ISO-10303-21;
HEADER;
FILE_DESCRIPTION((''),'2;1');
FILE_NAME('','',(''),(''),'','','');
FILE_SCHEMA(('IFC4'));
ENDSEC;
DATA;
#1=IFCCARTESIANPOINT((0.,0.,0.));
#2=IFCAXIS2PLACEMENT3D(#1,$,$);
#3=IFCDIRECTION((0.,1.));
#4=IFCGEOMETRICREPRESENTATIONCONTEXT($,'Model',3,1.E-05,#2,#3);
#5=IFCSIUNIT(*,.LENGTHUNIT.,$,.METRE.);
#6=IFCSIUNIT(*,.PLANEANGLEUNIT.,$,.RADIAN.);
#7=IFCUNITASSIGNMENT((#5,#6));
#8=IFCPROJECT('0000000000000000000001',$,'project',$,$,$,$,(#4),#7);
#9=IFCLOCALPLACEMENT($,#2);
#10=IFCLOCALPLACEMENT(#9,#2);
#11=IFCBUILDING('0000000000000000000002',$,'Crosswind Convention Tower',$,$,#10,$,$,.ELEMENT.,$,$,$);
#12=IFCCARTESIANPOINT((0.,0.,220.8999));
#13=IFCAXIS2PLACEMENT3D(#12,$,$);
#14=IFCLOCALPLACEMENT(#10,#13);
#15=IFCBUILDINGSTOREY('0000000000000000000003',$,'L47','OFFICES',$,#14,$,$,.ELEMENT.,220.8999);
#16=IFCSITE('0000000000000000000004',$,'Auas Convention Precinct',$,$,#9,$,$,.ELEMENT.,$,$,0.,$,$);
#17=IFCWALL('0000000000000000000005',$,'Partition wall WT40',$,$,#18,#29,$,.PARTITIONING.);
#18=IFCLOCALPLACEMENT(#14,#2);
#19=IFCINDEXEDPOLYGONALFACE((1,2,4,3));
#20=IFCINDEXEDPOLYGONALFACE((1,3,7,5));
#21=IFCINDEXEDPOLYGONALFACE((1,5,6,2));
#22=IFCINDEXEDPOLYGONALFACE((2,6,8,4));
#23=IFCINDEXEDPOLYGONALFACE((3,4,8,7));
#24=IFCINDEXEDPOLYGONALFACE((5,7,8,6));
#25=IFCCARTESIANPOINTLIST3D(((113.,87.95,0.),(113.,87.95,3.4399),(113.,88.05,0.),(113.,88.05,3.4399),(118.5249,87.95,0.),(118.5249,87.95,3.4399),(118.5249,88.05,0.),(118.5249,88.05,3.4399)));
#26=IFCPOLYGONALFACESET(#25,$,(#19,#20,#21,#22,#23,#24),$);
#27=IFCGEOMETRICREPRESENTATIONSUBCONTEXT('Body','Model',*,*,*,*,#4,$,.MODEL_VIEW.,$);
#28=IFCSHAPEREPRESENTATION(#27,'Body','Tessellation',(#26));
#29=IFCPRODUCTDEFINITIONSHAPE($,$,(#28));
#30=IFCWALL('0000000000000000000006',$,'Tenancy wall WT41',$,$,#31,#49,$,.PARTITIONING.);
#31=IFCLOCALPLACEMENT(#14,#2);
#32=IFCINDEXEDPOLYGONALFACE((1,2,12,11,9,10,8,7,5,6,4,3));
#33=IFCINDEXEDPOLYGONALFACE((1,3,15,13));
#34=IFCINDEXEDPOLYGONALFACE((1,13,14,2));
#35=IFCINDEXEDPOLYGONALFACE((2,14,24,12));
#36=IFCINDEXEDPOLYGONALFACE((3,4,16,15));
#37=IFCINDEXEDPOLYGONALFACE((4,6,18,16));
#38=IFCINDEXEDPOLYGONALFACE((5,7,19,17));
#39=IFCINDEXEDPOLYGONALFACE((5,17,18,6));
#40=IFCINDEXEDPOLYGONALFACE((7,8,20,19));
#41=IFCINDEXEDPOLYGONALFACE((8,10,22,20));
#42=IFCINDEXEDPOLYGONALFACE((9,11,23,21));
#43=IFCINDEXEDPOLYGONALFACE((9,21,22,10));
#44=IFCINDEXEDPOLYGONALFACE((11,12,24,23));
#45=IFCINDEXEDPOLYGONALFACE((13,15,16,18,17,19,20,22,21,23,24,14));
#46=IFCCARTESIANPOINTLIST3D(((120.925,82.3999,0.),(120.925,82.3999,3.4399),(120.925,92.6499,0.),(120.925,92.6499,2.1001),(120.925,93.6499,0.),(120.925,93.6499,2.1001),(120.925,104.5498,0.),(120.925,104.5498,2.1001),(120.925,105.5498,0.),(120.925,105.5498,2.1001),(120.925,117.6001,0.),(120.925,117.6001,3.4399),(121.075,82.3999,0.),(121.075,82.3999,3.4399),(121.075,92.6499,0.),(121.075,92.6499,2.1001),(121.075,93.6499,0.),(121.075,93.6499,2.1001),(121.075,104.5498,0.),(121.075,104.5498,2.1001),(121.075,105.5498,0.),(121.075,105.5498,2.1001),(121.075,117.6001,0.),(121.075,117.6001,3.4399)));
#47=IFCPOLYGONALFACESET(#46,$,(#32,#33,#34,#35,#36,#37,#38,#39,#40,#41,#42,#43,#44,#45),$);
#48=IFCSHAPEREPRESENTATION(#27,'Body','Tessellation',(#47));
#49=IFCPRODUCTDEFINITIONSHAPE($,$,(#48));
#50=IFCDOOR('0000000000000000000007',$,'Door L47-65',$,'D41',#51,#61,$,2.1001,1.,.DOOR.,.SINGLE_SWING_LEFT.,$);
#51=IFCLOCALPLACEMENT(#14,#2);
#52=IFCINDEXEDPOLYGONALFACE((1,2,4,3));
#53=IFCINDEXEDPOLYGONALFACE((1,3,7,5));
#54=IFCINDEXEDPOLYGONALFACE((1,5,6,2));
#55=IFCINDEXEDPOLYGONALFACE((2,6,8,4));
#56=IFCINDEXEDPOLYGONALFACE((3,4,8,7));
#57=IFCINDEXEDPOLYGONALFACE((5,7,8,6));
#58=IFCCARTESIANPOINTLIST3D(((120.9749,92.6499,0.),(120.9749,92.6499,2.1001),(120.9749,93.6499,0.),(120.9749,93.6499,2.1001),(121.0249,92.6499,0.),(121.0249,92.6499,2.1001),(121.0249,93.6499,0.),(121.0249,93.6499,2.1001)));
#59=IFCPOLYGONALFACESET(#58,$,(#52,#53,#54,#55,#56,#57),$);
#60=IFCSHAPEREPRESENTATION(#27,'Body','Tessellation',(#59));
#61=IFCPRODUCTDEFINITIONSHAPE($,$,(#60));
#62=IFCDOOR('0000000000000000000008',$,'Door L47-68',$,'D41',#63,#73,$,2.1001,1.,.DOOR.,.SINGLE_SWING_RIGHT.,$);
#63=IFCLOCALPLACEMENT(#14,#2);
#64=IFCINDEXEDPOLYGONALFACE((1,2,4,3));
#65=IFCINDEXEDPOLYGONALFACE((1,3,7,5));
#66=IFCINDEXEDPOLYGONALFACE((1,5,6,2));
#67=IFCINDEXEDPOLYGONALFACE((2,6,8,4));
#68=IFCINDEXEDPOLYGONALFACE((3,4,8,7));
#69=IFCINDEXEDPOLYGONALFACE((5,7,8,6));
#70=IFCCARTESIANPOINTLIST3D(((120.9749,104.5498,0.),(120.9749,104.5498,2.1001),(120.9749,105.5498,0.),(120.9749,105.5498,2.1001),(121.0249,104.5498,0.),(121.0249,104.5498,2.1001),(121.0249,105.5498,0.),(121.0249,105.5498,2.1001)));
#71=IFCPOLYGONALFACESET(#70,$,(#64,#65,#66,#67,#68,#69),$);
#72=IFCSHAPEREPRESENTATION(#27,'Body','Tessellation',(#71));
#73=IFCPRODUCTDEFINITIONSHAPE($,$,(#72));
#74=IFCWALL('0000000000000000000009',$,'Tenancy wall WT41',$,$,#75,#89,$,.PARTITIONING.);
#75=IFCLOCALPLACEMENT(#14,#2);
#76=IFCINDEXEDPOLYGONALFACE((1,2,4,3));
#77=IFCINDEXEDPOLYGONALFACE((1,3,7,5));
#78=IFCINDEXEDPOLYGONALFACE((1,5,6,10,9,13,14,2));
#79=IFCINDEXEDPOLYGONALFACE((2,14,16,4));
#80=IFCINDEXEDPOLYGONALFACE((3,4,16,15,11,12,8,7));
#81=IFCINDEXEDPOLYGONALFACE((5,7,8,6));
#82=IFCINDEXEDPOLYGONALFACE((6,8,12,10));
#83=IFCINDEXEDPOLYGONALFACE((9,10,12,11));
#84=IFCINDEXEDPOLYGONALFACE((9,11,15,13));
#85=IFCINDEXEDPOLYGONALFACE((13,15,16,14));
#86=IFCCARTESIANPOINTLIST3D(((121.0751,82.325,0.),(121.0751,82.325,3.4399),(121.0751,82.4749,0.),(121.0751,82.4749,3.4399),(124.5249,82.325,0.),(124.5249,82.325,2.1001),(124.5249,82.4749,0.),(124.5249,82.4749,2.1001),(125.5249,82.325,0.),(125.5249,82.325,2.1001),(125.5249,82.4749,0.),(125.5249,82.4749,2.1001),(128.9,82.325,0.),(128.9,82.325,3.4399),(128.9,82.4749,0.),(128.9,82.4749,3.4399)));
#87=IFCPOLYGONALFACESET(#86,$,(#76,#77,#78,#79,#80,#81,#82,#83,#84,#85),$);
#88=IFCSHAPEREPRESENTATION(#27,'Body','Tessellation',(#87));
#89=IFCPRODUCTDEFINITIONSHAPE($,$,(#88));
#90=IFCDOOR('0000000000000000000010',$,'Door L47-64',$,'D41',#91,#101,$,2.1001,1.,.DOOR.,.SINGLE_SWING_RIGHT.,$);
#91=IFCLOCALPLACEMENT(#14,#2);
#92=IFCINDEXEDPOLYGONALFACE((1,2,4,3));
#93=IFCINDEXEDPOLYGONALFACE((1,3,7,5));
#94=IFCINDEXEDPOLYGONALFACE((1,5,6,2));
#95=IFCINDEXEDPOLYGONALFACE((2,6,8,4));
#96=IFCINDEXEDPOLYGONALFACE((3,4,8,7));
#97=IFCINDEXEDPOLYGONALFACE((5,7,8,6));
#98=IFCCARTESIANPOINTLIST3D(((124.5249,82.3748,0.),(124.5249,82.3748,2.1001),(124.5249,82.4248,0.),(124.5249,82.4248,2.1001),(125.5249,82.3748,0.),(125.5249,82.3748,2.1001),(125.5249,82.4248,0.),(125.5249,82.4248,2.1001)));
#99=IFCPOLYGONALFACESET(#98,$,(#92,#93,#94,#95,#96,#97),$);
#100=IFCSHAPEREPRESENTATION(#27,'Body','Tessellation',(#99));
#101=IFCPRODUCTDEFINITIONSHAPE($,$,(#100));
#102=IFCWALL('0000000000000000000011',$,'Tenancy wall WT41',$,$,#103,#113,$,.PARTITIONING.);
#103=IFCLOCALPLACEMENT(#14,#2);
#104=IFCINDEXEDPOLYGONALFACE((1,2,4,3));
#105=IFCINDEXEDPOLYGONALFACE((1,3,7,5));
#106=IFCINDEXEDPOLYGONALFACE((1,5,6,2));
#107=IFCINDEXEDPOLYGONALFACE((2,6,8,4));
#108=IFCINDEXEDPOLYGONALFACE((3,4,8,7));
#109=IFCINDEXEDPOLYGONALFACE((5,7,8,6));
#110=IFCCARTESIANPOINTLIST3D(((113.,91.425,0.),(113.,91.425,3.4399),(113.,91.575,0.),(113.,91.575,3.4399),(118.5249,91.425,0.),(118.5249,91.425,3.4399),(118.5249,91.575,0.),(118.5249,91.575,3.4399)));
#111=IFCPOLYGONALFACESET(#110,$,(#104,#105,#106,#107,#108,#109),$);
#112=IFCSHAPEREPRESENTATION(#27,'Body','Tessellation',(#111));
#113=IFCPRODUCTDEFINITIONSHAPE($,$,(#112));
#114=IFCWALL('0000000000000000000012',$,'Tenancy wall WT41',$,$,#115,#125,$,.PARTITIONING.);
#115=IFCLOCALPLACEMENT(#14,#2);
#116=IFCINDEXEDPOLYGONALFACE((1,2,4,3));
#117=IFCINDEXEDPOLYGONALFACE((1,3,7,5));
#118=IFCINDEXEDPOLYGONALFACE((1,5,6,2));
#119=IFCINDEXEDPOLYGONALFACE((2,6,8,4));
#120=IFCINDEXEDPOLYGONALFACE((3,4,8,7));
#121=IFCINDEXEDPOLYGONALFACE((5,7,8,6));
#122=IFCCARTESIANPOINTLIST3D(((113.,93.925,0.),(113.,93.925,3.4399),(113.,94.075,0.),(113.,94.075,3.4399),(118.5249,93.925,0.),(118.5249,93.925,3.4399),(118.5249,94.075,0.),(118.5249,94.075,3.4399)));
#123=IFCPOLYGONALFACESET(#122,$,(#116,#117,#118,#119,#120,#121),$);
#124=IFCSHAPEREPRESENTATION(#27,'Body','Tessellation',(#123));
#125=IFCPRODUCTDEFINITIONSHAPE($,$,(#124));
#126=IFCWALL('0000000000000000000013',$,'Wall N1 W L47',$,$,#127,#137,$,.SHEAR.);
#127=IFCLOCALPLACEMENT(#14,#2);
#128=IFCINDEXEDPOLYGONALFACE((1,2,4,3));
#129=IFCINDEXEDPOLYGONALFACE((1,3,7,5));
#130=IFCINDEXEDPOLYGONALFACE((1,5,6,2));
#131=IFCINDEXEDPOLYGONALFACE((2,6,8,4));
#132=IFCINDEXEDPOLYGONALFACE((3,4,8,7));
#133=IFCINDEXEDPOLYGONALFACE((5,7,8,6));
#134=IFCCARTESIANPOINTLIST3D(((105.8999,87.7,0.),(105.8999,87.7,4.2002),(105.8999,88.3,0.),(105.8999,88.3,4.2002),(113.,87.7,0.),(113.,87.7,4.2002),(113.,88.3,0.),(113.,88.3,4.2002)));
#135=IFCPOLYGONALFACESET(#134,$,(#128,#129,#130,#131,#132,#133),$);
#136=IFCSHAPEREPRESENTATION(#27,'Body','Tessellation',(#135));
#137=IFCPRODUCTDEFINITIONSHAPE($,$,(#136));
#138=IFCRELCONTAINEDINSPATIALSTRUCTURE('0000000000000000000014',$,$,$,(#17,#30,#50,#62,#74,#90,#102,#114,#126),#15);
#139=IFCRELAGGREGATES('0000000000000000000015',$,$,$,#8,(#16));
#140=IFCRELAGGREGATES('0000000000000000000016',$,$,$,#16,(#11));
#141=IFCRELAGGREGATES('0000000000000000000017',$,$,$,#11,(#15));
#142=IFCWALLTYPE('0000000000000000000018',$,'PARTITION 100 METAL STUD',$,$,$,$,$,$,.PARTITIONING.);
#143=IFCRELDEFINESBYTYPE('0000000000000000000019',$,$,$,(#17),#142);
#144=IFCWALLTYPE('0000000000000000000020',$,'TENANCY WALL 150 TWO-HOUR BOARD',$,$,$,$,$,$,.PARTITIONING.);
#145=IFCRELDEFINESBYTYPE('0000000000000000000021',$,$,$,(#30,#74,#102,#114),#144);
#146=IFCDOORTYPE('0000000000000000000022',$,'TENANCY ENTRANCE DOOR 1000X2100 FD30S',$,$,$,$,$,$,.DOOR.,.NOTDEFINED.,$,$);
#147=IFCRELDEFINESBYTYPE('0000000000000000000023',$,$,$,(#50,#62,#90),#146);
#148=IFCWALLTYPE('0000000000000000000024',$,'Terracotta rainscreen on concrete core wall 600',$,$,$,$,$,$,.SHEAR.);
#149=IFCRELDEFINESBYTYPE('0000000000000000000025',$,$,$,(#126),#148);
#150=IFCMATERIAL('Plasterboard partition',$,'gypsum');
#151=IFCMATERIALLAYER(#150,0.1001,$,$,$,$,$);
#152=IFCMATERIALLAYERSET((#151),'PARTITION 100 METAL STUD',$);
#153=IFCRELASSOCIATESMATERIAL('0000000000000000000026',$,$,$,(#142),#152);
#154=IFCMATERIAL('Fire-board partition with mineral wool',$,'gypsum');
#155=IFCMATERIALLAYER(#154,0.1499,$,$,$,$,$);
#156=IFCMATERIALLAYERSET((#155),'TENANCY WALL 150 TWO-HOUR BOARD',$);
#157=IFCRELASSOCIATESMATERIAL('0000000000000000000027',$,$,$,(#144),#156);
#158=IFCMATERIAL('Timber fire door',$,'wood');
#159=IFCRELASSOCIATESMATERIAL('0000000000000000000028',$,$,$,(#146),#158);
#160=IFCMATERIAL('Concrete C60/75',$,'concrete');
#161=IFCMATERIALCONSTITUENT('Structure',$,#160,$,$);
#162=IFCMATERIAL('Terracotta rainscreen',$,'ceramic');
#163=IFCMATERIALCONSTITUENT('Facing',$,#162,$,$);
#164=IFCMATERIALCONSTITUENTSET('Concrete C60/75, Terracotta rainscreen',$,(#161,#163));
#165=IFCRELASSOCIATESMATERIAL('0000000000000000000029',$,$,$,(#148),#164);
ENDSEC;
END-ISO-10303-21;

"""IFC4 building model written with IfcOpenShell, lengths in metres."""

from ifc_helpers import new_model, si_unit, direction, frame, frame_2d, origin, place, context, subcontext, project, spatial, rectangle, extrude, material, layer, layer_set, constituent, constituent_set, type_object, element, fill, save


model = new_model("IFC4")

# Units and contexts
model_context = context("Model", 3, precision=1e-05, world=origin(), true_north=direction((0.0, 1.0)))
body_context = subcontext(model_context, "Body", "Model", "MODEL_VIEW")
ifc_project = project(units=[si_unit("LENGTHUNIT", "METRE"), si_unit("PLANEANGLEUNIT", "RADIAN")], contexts=[model_context])

# Site, building, storey
site_placement = place(None, origin())
site = spatial("IfcSite", under=ifc_project, at=site_placement, Name="Auas Convention Precinct", CompositionType="ELEMENT", RefElevation=0.0)
building_placement = place(site_placement, origin())
building = spatial("IfcBuilding", under=site, at=building_placement, Name="Crosswind Convention Tower", CompositionType="ELEMENT")
storey_placement = place(building_placement, frame((0.0, 0.0, 220.8999)))
storey = spatial("IfcBuildingStorey", under=building, at=storey_placement, Name="L47", Description="OFFICES", CompositionType="ELEMENT", Elevation=220.8999)

# Shared definitions
ifc_material_1 = material(Name="Concrete C60/75", Category="concrete")

# Wall
ifc_material_2 = material(Name="Plasterboard partition", Category="gypsum")
ifc_layer_1 = layer(ifc_material_2, 0.1001)
ifc_layer_set_1 = layer_set([ifc_layer_1], Name="PARTITION 100 METAL STUD")
wall_type_1 = type_object("IfcWallType", Name="PARTITION 100 METAL STUD", PredefinedType="PARTITIONING", material=ifc_layer_set_1)
wall_1_placement = place(storey_placement, frame((113.0, 88.0, 0.0), z_axis=(0.0, 0.0, 1.0), x_axis=(1.0, 0.0, 0.0)))
element("IfcWall", 1, at=wall_1_placement, inside=storey, type_object=wall_type_1, Name="Partition wall WT40", PredefinedType="PARTITIONING", context=body_context, shape_type="SweptSolid", body=[
    extrude(rectangle(XDim=5.5249, YDim=0.1001, at=frame_2d((2.7625, 0.0))), origin(), (0.0, 0.0, 1.0), 3.4399),
])

# Wall, openings, doors
ifc_material_3 = material(Name="Fire-board partition with mineral wool", Category="gypsum")
ifc_layer_2 = layer(ifc_material_3, 0.1499)
ifc_layer_set_2 = layer_set([ifc_layer_2], Name="TENANCY WALL 150 TWO-HOUR BOARD")
wall_type_2 = type_object("IfcWallType", Name="TENANCY WALL 150 TWO-HOUR BOARD", PredefinedType="PARTITIONING", material=ifc_layer_set_2)
wall_2_placement = place(storey_placement, frame((121.0, 82.3999, 0.0), z_axis=(0.0, 0.0, 1.0), x_axis=(0.0, 1.0, 0.0)))
wall_2 = element("IfcWall", 2, at=wall_2_placement, inside=storey, type_object=wall_type_2, Name="Tenancy wall WT41", PredefinedType="PARTITIONING", context=body_context, shape_type="SweptSolid", body=[
    extrude(rectangle(XDim=35.2002, YDim=0.1499, at=frame_2d((17.6001, 0.0))), origin(), (0.0, 0.0, 1.0), 3.4399),
])
opening_1_placement = place(wall_2_placement, frame((10.25, 0.0, 0.0)))
opening_1 = element("IfcOpeningElement", 3, at=opening_1_placement, cuts=wall_2, PredefinedType="OPENING", context=body_context, shape_type="SweptSolid", body=[
    extrude(rectangle(XDim=1.0, YDim=2.1001, at=frame_2d((0.5, 1.05))), frame((0.0, 0.085, 0.0), z_axis=(0.0, -1.0, 0.0), x_axis=(1.0, 0.0, 0.0)), (0.0, 0.0, 1.0), 0.1699),
])
opening_2_placement = place(wall_2_placement, frame((22.1499, 0.0, 0.0)))
opening_2 = element("IfcOpeningElement", 4, at=opening_2_placement, cuts=wall_2, PredefinedType="OPENING", context=body_context, shape_type="SweptSolid", body=[
    extrude(rectangle(XDim=1.0, YDim=2.1001, at=frame_2d((0.5, 1.05))), frame((0.0, 0.085, 0.0), z_axis=(0.0, -1.0, 0.0), x_axis=(1.0, 0.0, 0.0)), (0.0, 0.0, 1.0), 0.1699),
])
ifc_material_4 = material(Name="Timber fire door", Category="wood")
door_type = type_object("IfcDoorType", Name="TENANCY ENTRANCE DOOR 1000X2100 FD30S", OperationType="NOTDEFINED", PredefinedType="DOOR", material=ifc_material_4)
door_1_placement = place(opening_1_placement, frame((1.0, 0.0, 0.0), z_axis=(0.0, 0.0, 1.0), x_axis=(-1.0, 0.0, 0.0)))
door_1 = element("IfcDoor", 5, at=door_1_placement, inside=storey, type_object=door_type, Name="Door L47-65", ObjectType="D41", OperationType="SINGLE_SWING_LEFT", OverallHeight=2.1001, OverallWidth=1.0, PredefinedType="DOOR", context=body_context, shape_type="SweptSolid", body=[
    extrude(rectangle(XDim=1.0, YDim=2.1001, at=frame_2d((0.5, 1.05))), frame((0.0, 0.0249, 0.0), z_axis=(0.0, -1.0, 0.0), x_axis=(1.0, 0.0, 0.0)), (0.0, 0.0, 1.0), 0.05),
])
fill(opening_1, door_1)
door_2_placement = place(opening_2_placement, frame((1.0, 0.0, 0.0), z_axis=(0.0, 0.0, 1.0), x_axis=(-1.0, 0.0, 0.0)))
door_2 = element("IfcDoor", 6, at=door_2_placement, inside=storey, type_object=door_type, Name="Door L47-68", ObjectType="D41", OperationType="SINGLE_SWING_RIGHT", OverallHeight=2.1001, OverallWidth=1.0, PredefinedType="DOOR", context=body_context, shape_type="SweptSolid", body=[
    extrude(rectangle(XDim=1.0, YDim=2.1001, at=frame_2d((0.5, 1.05))), frame((0.0, 0.0249, 0.0), z_axis=(0.0, -1.0, 0.0), x_axis=(1.0, 0.0, 0.0)), (0.0, 0.0, 1.0), 0.05),
])
fill(opening_2, door_2)

# Wall, opening, door
wall_3_placement = place(storey_placement, frame((121.075, 82.3999, 0.0), z_axis=(0.0, 0.0, 1.0), x_axis=(1.0, 0.0, 0.0)))
wall_3 = element("IfcWall", 7, at=wall_3_placement, inside=storey, type_object=wall_type_2, Name="Tenancy wall WT41", PredefinedType="PARTITIONING", context=body_context, shape_type="SweptSolid", body=[
    extrude(rectangle(XDim=7.825, YDim=0.1499, at=frame_2d((3.9126, 0.0))), origin(), (0.0, 0.0, 1.0), 3.4399),
])
opening_3_placement = place(wall_3_placement, frame((3.45, 0.0, 0.0)))
opening_3 = element("IfcOpeningElement", 8, at=opening_3_placement, cuts=wall_3, PredefinedType="OPENING", context=body_context, shape_type="SweptSolid", body=[
    extrude(rectangle(XDim=1.0, YDim=2.1001, at=frame_2d((0.5, 1.05))), frame((0.0, 0.085, 0.0), z_axis=(0.0, -1.0, 0.0), x_axis=(1.0, 0.0, 0.0)), (0.0, 0.0, 1.0), 0.1699),
])
door_3_placement = place(opening_3_placement, origin())
door_3 = element("IfcDoor", 9, at=door_3_placement, inside=storey, type_object=door_type, Name="Door L47-64", ObjectType="D41", OperationType="SINGLE_SWING_RIGHT", OverallHeight=2.1001, OverallWidth=1.0, PredefinedType="DOOR", context=body_context, shape_type="SweptSolid", body=[
    extrude(rectangle(XDim=1.0, YDim=2.1001, at=frame_2d((0.5, 1.05))), frame((0.0, 0.0249, 0.0), z_axis=(0.0, -1.0, 0.0), x_axis=(1.0, 0.0, 0.0)), (0.0, 0.0, 1.0), 0.05),
])
fill(opening_3, door_3)

# Walls
for number, where, z_axis, x_axis, name in (
    (10, (113.0, 91.5, 0.0), (0.0, 0.0, 1.0), (1.0, 0.0, 0.0), "Tenancy wall WT41"),
    (11, (113.0, 94.0, 0.0), (0.0, 0.0, 1.0), (1.0, 0.0, 0.0), "Tenancy wall WT41"),
):
    element("IfcWall", number, at=place(storey_placement, frame(where, z_axis=z_axis, x_axis=x_axis)), inside=storey, type_object=wall_type_2, Name=name, PredefinedType="PARTITIONING", context=body_context, shape_type="SweptSolid", body=[
        extrude(rectangle(XDim=5.5249, YDim=0.1499, at=frame_2d((2.7625, 0.0))), origin(), (0.0, 0.0, 1.0), 3.4399),
    ])
ifc_constituent_1 = constituent(ifc_material_1, Name="Structure")
ifc_material_5 = material(Name="Terracotta rainscreen", Category="ceramic")
ifc_constituent_2 = constituent(ifc_material_5, Name="Facing")
ifc_constituent_set = constituent_set(constituents=[ifc_constituent_1, ifc_constituent_2], Name="Concrete C60/75, Terracotta rainscreen")
wall_type_3 = type_object("IfcWallType", Name="Terracotta rainscreen on concrete core wall 600", PredefinedType="SHEAR", material=ifc_constituent_set)
wall_4_placement = place(storey_placement, frame((113.0, 88.0, 0.0), z_axis=(0.0, 0.0, 1.0), x_axis=(-1.0, 0.0, 0.0)))
element("IfcWall", 12, at=wall_4_placement, inside=storey, type_object=wall_type_3, Name="Wall N1 W L47", PredefinedType="SHEAR", context=body_context, shape_type="SweptSolid", body=[
    extrude(rectangle(XDim=7.1001, YDim=0.6001, at=frame_2d((3.55, 0.0))), origin(), (0.0, 0.0, 1.0), 4.2002),
])

save(model, "model.ifc")
